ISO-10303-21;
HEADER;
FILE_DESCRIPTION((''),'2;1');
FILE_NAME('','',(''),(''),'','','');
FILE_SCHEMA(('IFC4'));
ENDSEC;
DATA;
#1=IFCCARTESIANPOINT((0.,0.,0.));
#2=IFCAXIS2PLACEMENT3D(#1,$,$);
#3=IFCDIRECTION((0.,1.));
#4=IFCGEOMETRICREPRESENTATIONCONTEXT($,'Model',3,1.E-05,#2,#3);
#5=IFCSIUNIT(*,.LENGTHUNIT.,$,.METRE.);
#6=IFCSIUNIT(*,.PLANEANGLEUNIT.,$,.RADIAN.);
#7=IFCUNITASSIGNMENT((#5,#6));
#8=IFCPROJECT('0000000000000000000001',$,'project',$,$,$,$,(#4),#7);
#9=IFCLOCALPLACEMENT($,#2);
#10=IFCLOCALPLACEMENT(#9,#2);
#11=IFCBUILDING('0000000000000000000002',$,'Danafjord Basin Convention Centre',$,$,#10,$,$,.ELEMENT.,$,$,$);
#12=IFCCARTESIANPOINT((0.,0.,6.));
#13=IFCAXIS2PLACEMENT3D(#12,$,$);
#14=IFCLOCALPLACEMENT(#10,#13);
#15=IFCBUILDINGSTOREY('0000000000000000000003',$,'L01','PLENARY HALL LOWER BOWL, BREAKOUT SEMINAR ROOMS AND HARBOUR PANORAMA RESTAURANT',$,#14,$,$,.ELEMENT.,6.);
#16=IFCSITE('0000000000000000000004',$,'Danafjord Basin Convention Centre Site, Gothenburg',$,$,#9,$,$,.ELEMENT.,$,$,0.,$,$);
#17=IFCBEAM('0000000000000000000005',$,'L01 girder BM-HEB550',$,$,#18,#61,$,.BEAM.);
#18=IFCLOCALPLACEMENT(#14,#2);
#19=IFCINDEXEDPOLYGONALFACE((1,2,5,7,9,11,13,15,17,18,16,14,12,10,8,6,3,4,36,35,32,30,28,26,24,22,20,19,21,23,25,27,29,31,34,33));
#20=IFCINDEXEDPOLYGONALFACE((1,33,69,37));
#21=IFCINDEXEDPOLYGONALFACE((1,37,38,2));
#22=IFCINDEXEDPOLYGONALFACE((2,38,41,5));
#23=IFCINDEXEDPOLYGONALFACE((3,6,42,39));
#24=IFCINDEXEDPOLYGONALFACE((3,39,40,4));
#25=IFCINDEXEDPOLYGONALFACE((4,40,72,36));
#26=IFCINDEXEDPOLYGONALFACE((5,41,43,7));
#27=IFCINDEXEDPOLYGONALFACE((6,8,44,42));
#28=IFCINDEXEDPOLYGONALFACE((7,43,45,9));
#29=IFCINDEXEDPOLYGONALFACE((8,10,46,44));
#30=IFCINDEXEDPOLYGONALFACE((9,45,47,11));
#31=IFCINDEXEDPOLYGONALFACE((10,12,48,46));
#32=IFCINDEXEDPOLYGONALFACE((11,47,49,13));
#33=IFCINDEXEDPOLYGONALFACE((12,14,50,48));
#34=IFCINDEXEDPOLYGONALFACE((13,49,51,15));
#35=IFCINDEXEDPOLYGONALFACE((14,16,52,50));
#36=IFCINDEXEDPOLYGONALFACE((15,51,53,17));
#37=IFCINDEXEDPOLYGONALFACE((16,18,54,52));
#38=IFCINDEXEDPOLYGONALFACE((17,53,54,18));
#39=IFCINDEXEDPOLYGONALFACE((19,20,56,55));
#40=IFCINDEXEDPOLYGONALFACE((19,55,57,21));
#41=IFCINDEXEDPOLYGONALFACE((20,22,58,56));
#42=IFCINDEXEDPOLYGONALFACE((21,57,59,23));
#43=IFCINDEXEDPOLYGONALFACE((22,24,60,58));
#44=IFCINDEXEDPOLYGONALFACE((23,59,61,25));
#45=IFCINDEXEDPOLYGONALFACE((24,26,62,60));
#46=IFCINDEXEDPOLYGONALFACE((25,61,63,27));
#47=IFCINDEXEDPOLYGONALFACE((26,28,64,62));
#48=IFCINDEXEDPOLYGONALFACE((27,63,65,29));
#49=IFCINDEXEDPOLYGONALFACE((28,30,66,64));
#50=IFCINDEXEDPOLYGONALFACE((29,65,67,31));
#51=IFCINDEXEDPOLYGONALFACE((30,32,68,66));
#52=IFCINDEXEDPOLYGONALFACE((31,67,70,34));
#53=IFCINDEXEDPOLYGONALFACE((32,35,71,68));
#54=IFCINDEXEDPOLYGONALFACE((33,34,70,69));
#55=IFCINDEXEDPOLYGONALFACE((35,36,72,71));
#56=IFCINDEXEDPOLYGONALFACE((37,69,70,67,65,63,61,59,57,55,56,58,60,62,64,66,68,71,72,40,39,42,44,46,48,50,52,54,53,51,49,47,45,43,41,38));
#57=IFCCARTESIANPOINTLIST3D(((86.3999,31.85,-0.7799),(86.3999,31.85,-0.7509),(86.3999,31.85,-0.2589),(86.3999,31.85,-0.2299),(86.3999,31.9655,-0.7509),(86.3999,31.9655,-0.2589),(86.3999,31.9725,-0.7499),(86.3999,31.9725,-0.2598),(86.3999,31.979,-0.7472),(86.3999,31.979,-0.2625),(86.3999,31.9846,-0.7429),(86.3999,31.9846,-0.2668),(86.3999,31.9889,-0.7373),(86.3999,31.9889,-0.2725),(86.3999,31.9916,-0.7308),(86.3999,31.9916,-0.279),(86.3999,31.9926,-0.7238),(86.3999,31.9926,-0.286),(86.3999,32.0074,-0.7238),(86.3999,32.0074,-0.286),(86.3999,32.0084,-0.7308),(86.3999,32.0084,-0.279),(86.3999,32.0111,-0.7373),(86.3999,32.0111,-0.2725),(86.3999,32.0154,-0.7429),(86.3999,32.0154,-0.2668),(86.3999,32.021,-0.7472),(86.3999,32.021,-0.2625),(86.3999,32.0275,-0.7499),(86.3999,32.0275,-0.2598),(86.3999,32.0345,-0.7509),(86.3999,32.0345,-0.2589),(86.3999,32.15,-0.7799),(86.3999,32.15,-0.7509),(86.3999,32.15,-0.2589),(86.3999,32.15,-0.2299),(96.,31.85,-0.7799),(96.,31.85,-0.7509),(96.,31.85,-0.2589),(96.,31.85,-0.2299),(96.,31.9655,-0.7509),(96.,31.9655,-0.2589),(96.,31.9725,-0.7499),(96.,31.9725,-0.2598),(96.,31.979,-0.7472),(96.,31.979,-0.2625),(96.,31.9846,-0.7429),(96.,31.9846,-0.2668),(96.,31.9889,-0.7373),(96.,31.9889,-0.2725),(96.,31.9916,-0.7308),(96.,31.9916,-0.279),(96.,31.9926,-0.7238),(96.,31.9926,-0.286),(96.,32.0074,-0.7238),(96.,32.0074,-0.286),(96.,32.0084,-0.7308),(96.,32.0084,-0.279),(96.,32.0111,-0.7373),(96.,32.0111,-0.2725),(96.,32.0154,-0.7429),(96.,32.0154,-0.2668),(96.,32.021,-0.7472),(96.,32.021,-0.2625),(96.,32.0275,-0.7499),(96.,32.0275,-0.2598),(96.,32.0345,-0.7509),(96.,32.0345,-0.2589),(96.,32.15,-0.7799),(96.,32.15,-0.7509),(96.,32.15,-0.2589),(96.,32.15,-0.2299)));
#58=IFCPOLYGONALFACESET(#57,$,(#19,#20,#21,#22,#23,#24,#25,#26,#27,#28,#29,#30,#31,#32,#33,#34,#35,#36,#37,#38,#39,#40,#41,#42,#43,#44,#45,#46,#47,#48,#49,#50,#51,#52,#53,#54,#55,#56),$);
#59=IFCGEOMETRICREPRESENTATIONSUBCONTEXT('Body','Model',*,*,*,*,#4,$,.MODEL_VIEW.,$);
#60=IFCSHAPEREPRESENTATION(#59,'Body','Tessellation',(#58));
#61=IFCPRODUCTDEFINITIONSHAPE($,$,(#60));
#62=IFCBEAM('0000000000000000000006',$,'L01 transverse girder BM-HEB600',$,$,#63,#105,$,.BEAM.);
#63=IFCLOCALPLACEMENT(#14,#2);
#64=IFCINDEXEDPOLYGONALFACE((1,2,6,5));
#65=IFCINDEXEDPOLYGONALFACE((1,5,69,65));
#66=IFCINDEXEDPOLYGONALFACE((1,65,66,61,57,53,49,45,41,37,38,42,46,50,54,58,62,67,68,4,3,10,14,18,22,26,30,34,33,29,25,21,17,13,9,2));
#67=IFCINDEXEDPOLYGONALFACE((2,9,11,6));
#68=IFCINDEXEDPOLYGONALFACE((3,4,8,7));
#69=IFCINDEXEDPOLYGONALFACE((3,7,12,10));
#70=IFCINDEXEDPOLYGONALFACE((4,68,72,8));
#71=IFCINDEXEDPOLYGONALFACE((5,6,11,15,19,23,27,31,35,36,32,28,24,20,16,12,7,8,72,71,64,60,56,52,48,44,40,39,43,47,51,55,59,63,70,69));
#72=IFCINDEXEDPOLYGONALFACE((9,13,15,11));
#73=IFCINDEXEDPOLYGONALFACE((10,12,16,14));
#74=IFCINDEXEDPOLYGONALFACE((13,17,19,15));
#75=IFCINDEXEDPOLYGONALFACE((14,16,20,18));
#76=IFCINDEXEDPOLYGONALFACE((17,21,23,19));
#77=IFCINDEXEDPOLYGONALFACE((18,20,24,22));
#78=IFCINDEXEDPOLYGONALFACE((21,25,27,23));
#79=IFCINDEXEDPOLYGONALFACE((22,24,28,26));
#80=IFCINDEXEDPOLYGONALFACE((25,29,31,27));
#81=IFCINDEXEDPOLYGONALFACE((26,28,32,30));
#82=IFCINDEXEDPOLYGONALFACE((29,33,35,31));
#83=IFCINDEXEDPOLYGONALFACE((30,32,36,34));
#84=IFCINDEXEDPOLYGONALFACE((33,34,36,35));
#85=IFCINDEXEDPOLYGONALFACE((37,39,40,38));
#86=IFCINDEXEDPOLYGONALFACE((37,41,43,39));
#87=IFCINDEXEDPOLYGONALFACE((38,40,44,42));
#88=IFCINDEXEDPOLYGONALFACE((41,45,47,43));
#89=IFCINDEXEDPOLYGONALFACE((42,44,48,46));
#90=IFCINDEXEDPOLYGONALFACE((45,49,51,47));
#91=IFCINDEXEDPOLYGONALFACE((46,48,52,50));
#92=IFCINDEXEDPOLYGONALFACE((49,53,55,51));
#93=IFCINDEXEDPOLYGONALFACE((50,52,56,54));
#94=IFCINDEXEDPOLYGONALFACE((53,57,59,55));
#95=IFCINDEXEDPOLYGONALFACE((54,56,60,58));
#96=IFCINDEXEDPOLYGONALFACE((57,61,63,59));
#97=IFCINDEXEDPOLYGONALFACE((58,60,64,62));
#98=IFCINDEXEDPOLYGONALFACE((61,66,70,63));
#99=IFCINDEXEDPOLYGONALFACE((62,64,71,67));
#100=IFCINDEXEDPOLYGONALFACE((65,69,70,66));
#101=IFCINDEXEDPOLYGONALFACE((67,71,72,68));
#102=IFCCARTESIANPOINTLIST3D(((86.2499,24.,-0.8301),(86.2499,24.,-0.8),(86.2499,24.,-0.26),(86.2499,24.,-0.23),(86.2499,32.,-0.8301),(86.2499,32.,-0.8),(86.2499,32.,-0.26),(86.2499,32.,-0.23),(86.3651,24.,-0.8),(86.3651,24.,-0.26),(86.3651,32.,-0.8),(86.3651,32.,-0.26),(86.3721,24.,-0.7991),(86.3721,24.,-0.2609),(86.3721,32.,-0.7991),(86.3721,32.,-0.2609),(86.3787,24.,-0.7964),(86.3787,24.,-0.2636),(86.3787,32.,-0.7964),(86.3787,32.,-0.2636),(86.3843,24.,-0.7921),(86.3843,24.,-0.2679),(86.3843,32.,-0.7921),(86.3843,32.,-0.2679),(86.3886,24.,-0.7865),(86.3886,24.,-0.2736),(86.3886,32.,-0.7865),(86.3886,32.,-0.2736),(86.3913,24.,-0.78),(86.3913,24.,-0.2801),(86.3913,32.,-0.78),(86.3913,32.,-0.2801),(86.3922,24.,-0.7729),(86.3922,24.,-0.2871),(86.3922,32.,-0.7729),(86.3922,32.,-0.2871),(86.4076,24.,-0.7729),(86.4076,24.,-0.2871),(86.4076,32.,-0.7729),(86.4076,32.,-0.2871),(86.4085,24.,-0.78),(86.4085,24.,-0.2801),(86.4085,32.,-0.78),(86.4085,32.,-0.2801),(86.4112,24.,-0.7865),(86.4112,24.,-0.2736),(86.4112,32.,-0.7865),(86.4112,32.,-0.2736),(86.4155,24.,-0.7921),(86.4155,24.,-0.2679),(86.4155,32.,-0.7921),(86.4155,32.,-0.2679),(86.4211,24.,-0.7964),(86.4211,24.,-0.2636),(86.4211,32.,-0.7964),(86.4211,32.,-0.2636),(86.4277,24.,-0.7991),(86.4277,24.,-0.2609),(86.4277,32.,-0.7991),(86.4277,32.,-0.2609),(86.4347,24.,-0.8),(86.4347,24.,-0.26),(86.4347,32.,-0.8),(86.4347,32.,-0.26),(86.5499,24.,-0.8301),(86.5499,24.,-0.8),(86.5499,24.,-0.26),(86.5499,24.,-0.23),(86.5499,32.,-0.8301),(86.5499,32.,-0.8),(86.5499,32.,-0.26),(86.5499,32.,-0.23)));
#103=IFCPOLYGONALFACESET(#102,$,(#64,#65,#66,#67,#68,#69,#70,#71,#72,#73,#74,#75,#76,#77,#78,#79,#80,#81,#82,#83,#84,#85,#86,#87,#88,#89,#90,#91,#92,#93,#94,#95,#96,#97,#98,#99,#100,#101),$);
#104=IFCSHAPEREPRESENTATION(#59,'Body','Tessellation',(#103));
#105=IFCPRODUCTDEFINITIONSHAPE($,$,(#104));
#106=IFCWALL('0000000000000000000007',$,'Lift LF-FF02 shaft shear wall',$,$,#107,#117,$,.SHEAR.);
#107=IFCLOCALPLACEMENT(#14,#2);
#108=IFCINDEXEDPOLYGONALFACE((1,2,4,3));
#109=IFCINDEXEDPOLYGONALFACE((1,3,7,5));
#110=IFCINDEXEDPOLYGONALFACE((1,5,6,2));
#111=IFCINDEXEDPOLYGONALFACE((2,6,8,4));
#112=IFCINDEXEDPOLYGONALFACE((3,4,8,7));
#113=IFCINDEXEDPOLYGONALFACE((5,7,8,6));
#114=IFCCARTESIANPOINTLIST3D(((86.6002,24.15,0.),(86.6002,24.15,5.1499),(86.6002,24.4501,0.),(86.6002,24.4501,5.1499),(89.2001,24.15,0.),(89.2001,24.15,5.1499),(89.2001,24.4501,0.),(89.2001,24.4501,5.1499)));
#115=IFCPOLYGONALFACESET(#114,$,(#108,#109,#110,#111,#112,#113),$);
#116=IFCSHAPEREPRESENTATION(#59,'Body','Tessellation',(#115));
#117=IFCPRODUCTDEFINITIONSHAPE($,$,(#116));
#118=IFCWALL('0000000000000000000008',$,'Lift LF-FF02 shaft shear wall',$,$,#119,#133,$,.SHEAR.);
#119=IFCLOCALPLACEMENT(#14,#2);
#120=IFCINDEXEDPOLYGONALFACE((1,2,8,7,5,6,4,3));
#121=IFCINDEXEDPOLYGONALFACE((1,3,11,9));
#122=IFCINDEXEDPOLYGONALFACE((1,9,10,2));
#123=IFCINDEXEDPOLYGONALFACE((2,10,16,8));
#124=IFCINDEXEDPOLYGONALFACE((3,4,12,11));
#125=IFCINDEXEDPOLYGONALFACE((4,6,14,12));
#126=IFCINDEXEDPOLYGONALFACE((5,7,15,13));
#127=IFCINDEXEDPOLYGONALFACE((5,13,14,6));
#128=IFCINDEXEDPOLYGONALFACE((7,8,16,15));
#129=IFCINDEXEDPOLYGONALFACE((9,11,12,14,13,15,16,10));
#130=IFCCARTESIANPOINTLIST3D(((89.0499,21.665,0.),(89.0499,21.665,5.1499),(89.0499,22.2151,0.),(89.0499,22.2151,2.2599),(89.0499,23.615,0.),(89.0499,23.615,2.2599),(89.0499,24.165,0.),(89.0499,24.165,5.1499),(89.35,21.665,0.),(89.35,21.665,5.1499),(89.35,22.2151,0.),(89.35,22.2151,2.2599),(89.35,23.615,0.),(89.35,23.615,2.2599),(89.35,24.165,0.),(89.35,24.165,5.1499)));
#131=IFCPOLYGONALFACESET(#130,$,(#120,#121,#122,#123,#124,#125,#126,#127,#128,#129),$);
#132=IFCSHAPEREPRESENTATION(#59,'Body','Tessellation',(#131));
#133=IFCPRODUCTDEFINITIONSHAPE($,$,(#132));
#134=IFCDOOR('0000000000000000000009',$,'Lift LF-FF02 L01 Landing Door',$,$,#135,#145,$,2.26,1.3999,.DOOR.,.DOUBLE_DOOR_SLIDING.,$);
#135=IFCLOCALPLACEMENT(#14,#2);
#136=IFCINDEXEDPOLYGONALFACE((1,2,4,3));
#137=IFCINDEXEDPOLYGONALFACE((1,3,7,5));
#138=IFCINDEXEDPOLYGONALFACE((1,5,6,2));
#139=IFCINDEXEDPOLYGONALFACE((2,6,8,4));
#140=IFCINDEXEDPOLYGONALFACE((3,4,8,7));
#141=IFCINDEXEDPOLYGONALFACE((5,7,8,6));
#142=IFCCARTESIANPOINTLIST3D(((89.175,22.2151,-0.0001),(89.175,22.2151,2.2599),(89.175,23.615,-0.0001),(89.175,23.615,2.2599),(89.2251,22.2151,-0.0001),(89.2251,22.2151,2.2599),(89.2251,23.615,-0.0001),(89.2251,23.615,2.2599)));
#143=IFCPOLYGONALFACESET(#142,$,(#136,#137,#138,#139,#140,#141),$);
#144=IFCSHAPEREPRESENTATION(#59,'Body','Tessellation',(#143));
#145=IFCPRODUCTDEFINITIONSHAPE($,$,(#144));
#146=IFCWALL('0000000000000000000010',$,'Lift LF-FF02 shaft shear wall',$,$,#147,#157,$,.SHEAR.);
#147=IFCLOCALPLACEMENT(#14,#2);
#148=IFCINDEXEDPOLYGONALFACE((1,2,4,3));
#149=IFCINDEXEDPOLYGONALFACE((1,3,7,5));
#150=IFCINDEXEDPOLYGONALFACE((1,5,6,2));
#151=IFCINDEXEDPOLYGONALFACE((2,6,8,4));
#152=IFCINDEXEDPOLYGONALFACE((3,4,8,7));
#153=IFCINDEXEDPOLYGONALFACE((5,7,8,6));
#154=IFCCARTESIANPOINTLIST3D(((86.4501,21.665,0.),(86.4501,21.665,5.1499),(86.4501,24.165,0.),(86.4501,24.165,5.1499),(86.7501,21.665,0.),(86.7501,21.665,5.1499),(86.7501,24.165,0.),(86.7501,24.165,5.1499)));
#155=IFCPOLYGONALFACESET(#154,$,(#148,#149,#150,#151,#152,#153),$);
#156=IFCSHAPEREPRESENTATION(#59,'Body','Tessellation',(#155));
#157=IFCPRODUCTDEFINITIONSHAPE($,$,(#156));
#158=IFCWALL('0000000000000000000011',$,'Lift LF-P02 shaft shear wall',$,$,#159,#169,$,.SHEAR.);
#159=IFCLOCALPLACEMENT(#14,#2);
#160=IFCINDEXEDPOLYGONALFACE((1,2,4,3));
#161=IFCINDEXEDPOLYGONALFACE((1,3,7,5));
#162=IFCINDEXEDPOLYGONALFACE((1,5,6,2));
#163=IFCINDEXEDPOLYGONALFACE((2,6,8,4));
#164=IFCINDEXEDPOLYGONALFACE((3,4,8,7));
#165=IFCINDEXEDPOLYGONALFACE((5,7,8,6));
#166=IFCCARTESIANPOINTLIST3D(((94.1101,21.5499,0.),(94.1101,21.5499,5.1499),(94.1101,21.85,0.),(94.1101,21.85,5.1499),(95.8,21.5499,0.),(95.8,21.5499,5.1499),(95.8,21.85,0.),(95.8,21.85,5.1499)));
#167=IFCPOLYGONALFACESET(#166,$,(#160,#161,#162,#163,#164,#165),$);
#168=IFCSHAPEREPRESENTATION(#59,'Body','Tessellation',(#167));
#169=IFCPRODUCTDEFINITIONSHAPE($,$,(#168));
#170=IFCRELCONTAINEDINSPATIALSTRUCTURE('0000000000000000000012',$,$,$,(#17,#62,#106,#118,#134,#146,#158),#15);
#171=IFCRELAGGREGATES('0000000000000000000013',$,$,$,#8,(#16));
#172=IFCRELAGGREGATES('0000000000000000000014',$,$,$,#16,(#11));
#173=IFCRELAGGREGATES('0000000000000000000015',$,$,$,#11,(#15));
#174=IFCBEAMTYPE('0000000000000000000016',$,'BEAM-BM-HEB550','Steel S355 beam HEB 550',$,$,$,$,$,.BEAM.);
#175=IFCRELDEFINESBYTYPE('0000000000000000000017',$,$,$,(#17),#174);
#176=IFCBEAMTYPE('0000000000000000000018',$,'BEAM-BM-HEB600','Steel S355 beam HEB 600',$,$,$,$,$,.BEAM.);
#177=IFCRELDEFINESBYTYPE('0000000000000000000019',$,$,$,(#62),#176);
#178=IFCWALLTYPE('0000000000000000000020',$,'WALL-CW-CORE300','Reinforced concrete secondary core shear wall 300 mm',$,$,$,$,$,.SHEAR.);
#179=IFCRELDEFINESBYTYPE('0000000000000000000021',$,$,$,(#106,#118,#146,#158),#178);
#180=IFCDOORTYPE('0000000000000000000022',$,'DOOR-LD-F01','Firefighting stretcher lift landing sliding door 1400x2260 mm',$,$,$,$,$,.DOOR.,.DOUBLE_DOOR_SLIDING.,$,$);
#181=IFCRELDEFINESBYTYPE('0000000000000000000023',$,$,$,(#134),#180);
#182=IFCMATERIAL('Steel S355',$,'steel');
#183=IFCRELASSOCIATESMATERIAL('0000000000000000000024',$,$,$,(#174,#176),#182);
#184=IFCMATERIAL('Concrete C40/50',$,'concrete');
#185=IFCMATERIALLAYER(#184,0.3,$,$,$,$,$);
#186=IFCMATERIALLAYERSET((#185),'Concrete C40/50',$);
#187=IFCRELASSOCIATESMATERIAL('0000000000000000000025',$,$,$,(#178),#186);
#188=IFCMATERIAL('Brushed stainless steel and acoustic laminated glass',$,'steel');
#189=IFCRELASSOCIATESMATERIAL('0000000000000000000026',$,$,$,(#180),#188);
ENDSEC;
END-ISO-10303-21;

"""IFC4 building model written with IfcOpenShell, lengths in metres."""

from ifc_helpers import new_model, si_unit, direction, frame, frame_2d, origin, origin_2d, place, context, subcontext, project, spatial, rectangle, i_section, extrude, material, layer, layer_set, material_profile, profile_set, type_object, element, fill, save


model = new_model("IFC4")

# Units and contexts
model_context = context("Model", 3, precision=1e-05, world=origin(), true_north=direction((0.0, 1.0)))
body_context = subcontext(model_context, "Body", "Model", "MODEL_VIEW")
ifc_project = project(units=[si_unit("LENGTHUNIT", "METRE"), si_unit("PLANEANGLEUNIT", "RADIAN")], contexts=[model_context])

# Site, building, storey
site_placement = place(None, origin())
site = spatial("IfcSite", under=ifc_project, at=site_placement, Name="Danafjord Basin Convention Centre Site, Gothenburg", CompositionType="ELEMENT", RefElevation=0.0)
building_placement = place(site_placement, origin())
building = spatial("IfcBuilding", under=site, at=building_placement, Name="Danafjord Basin Convention Centre", CompositionType="ELEMENT")
storey_placement = place(building_placement, frame((0.0, 0.0, 6.0)))
storey = spatial("IfcBuildingStorey", under=building, at=storey_placement, Name="L01", Description="PLENARY HALL LOWER BOWL, BREAKOUT SEMINAR ROOMS AND HARBOUR PANORAMA RESTAURANT", CompositionType="ELEMENT", Elevation=6.0)

# Shared definitions
ifc_material_1 = material(Name="Steel S355", Category="steel")

# Beams
ifc_material_profile_1 = material_profile(ifc_material_1, i_section(OverallWidth=0.3, OverallDepth=0.55, WebThickness=0.0149, FlangeThickness=0.0291, FilletRadius=0.0271, at=origin_2d()), Name="HEB 550")
ifc_profile_set_1 = profile_set([ifc_material_profile_1], Name="Steel S355")
beam_type_1 = type_object("IfcBeamType", Name="BEAM-BM-HEB550", Description="Steel S355 beam HEB 550", PredefinedType="BEAM", material=ifc_profile_set_1)
beam_1_placement = place(storey_placement, frame((86.3999, 32.0, -0.5049), z_axis=(1.0, 0.0, 0.0), x_axis=(0.0, 1.0, 0.0)))
element("IfcBeam", 1, at=beam_1_placement, inside=storey, type_object=beam_type_1, Name="L01 girder BM-HEB550", PredefinedType="BEAM", context=body_context, shape_type="SweptSolid", body=[
    extrude(i_section(OverallWidth=0.3, OverallDepth=0.55, WebThickness=0.0149, FlangeThickness=0.0291, FilletRadius=0.0271, at=origin_2d()), origin(), (0.0, 0.0, 1.0), 9.6001),
])
ifc_material_profile_2 = material_profile(ifc_material_1, i_section(OverallWidth=0.3, OverallDepth=0.6001, WebThickness=0.0154, FlangeThickness=0.03, FilletRadius=0.0271, at=origin_2d()), Name="HEB 600")
ifc_profile_set_2 = profile_set([ifc_material_profile_2], Name="Steel S355")
beam_type_2 = type_object("IfcBeamType", Name="BEAM-BM-HEB600", Description="Steel S355 beam HEB 600", PredefinedType="BEAM", material=ifc_profile_set_2)
beam_2_placement = place(storey_placement, frame((86.3999, 24.0, -0.53), z_axis=(0.0, 1.0, 0.0), x_axis=(-1.0, 0.0, 0.0)))
element("IfcBeam", 2, at=beam_2_placement, inside=storey, type_object=beam_type_2, Name="L01 transverse girder BM-HEB600", PredefinedType="BEAM", context=body_context, shape_type="SweptSolid", body=[
    extrude(i_section(OverallWidth=0.3, OverallDepth=0.6001, WebThickness=0.0154, FlangeThickness=0.03, FilletRadius=0.0271, at=origin_2d()), origin(), (0.0, 0.0, 1.0), 8.0),
])

# Wall
ifc_material_2 = material(Name="Concrete C40/50", Category="concrete")
ifc_layer_1 = layer(ifc_material_2, 0.3)
ifc_layer_set_1 = layer_set([ifc_layer_1], Name="Concrete C40/50")
wall_type_1 = type_object("IfcWallType", Name="WALL-CW-CORE300", Description="Reinforced concrete secondary core shear wall 300 mm", PredefinedType="SHEAR", material=ifc_layer_set_1)
wall_1_placement = place(storey_placement, frame((89.2, 24.3, 0.0), z_axis=(0.0, 0.0, 1.0), x_axis=(-1.0, 0.0, 0.0)))
element("IfcWall", 3, at=wall_1_placement, inside=storey, type_object=wall_type_1, Name="Lift LF-FF02 shaft shear wall", PredefinedType="SHEAR", context=body_context, shape_type="SweptSolid", body=[
    extrude(rectangle(XDim=2.5999, YDim=0.3, at=frame_2d((1.2998, 0.0))), origin(), (0.0, 0.0, 1.0), 5.1499),
])

# Wall, opening, door
wall_2_placement = place(storey_placement, frame((89.2, 21.665, 0.0), z_axis=(0.0, 0.0, 1.0), x_axis=(0.0, 1.0, 0.0)))
wall_2 = element("IfcWall", 4, at=wall_2_placement, inside=storey, type_object=wall_type_1, Name="Lift LF-FF02 shaft shear wall", PredefinedType="SHEAR", context=body_context, shape_type="SweptSolid", body=[
    extrude(rectangle(XDim=2.5, YDim=0.3, at=frame_2d((1.25, 0.0))), origin(), (0.0, 0.0, 1.0), 5.1499),
])
opening_1_placement = place(wall_2_placement, frame((0.55, 0.0, 0.0)))
opening_1 = element("IfcOpeningElement", 5, at=opening_1_placement, cuts=wall_2, PredefinedType="OPENING", context=body_context, shape_type="SweptSolid", body=[
    extrude(rectangle(XDim=1.3999, YDim=2.26, at=frame_2d((0.7, 1.1299))), frame((0.0, 0.1599, 0.0), z_axis=(0.0, -1.0, 0.0), x_axis=(1.0, 0.0, 0.0)), (0.0, 0.0, 1.0), 0.3201),
])
ifc_material_3 = material(Name="Brushed stainless steel and acoustic laminated glass", Category="steel")
door_type_1 = type_object("IfcDoorType", Name="DOOR-LD-F01", Description="Firefighting stretcher lift landing sliding door 1400x2260 mm", OperationType="DOUBLE_DOOR_SLIDING", PredefinedType="DOOR", material=ifc_material_3)
door_1_placement = place(opening_1_placement, origin())
door_1 = element("IfcDoor", 6, at=door_1_placement, inside=storey, type_object=door_type_1, Name="Lift LF-FF02 L01 Landing Door", OperationType="DOUBLE_DOOR_SLIDING", OverallHeight=2.26, OverallWidth=1.3999, PredefinedType="DOOR", context=body_context, shape_type="SweptSolid", body=[
    extrude(rectangle(XDim=1.3999, YDim=2.26, at=frame_2d((0.7, 1.1299))), frame((0.0, 0.0249, 0.0), z_axis=(0.0, -1.0, 0.0), x_axis=(1.0, 0.0, 0.0)), (0.0, 0.0, 1.0), 0.05),
])
fill(opening_1, door_1)

# Walls
wall_3_placement = place(storey_placement, frame((86.6001, 24.165, 0.0), z_axis=(0.0, 0.0, 1.0), x_axis=(0.0, -1.0, 0.0)))
element("IfcWall", 7, at=wall_3_placement, inside=storey, type_object=wall_type_1, Name="Lift LF-FF02 shaft shear wall", PredefinedType="SHEAR", context=body_context, shape_type="SweptSolid", body=[
    extrude(rectangle(XDim=2.5, YDim=0.3, at=frame_2d((1.25, 0.0))), origin(), (0.0, 0.0, 1.0), 5.1499),
])
wall_4_placement = place(storey_placement, frame((94.1101, 21.7, 0.0), z_axis=(0.0, 0.0, 1.0), x_axis=(1.0, 0.0, 0.0)))
element("IfcWall", 8, at=wall_4_placement, inside=storey, type_object=wall_type_1, Name="Lift LF-P02 shaft shear wall", PredefinedType="SHEAR", context=body_context, shape_type="SweptSolid", body=[
    extrude(rectangle(XDim=1.6899, YDim=0.3, at=frame_2d((0.845, 0.0))), origin(), (0.0, 0.0, 1.0), 5.1499),
])

save(model, "model.ifc")
